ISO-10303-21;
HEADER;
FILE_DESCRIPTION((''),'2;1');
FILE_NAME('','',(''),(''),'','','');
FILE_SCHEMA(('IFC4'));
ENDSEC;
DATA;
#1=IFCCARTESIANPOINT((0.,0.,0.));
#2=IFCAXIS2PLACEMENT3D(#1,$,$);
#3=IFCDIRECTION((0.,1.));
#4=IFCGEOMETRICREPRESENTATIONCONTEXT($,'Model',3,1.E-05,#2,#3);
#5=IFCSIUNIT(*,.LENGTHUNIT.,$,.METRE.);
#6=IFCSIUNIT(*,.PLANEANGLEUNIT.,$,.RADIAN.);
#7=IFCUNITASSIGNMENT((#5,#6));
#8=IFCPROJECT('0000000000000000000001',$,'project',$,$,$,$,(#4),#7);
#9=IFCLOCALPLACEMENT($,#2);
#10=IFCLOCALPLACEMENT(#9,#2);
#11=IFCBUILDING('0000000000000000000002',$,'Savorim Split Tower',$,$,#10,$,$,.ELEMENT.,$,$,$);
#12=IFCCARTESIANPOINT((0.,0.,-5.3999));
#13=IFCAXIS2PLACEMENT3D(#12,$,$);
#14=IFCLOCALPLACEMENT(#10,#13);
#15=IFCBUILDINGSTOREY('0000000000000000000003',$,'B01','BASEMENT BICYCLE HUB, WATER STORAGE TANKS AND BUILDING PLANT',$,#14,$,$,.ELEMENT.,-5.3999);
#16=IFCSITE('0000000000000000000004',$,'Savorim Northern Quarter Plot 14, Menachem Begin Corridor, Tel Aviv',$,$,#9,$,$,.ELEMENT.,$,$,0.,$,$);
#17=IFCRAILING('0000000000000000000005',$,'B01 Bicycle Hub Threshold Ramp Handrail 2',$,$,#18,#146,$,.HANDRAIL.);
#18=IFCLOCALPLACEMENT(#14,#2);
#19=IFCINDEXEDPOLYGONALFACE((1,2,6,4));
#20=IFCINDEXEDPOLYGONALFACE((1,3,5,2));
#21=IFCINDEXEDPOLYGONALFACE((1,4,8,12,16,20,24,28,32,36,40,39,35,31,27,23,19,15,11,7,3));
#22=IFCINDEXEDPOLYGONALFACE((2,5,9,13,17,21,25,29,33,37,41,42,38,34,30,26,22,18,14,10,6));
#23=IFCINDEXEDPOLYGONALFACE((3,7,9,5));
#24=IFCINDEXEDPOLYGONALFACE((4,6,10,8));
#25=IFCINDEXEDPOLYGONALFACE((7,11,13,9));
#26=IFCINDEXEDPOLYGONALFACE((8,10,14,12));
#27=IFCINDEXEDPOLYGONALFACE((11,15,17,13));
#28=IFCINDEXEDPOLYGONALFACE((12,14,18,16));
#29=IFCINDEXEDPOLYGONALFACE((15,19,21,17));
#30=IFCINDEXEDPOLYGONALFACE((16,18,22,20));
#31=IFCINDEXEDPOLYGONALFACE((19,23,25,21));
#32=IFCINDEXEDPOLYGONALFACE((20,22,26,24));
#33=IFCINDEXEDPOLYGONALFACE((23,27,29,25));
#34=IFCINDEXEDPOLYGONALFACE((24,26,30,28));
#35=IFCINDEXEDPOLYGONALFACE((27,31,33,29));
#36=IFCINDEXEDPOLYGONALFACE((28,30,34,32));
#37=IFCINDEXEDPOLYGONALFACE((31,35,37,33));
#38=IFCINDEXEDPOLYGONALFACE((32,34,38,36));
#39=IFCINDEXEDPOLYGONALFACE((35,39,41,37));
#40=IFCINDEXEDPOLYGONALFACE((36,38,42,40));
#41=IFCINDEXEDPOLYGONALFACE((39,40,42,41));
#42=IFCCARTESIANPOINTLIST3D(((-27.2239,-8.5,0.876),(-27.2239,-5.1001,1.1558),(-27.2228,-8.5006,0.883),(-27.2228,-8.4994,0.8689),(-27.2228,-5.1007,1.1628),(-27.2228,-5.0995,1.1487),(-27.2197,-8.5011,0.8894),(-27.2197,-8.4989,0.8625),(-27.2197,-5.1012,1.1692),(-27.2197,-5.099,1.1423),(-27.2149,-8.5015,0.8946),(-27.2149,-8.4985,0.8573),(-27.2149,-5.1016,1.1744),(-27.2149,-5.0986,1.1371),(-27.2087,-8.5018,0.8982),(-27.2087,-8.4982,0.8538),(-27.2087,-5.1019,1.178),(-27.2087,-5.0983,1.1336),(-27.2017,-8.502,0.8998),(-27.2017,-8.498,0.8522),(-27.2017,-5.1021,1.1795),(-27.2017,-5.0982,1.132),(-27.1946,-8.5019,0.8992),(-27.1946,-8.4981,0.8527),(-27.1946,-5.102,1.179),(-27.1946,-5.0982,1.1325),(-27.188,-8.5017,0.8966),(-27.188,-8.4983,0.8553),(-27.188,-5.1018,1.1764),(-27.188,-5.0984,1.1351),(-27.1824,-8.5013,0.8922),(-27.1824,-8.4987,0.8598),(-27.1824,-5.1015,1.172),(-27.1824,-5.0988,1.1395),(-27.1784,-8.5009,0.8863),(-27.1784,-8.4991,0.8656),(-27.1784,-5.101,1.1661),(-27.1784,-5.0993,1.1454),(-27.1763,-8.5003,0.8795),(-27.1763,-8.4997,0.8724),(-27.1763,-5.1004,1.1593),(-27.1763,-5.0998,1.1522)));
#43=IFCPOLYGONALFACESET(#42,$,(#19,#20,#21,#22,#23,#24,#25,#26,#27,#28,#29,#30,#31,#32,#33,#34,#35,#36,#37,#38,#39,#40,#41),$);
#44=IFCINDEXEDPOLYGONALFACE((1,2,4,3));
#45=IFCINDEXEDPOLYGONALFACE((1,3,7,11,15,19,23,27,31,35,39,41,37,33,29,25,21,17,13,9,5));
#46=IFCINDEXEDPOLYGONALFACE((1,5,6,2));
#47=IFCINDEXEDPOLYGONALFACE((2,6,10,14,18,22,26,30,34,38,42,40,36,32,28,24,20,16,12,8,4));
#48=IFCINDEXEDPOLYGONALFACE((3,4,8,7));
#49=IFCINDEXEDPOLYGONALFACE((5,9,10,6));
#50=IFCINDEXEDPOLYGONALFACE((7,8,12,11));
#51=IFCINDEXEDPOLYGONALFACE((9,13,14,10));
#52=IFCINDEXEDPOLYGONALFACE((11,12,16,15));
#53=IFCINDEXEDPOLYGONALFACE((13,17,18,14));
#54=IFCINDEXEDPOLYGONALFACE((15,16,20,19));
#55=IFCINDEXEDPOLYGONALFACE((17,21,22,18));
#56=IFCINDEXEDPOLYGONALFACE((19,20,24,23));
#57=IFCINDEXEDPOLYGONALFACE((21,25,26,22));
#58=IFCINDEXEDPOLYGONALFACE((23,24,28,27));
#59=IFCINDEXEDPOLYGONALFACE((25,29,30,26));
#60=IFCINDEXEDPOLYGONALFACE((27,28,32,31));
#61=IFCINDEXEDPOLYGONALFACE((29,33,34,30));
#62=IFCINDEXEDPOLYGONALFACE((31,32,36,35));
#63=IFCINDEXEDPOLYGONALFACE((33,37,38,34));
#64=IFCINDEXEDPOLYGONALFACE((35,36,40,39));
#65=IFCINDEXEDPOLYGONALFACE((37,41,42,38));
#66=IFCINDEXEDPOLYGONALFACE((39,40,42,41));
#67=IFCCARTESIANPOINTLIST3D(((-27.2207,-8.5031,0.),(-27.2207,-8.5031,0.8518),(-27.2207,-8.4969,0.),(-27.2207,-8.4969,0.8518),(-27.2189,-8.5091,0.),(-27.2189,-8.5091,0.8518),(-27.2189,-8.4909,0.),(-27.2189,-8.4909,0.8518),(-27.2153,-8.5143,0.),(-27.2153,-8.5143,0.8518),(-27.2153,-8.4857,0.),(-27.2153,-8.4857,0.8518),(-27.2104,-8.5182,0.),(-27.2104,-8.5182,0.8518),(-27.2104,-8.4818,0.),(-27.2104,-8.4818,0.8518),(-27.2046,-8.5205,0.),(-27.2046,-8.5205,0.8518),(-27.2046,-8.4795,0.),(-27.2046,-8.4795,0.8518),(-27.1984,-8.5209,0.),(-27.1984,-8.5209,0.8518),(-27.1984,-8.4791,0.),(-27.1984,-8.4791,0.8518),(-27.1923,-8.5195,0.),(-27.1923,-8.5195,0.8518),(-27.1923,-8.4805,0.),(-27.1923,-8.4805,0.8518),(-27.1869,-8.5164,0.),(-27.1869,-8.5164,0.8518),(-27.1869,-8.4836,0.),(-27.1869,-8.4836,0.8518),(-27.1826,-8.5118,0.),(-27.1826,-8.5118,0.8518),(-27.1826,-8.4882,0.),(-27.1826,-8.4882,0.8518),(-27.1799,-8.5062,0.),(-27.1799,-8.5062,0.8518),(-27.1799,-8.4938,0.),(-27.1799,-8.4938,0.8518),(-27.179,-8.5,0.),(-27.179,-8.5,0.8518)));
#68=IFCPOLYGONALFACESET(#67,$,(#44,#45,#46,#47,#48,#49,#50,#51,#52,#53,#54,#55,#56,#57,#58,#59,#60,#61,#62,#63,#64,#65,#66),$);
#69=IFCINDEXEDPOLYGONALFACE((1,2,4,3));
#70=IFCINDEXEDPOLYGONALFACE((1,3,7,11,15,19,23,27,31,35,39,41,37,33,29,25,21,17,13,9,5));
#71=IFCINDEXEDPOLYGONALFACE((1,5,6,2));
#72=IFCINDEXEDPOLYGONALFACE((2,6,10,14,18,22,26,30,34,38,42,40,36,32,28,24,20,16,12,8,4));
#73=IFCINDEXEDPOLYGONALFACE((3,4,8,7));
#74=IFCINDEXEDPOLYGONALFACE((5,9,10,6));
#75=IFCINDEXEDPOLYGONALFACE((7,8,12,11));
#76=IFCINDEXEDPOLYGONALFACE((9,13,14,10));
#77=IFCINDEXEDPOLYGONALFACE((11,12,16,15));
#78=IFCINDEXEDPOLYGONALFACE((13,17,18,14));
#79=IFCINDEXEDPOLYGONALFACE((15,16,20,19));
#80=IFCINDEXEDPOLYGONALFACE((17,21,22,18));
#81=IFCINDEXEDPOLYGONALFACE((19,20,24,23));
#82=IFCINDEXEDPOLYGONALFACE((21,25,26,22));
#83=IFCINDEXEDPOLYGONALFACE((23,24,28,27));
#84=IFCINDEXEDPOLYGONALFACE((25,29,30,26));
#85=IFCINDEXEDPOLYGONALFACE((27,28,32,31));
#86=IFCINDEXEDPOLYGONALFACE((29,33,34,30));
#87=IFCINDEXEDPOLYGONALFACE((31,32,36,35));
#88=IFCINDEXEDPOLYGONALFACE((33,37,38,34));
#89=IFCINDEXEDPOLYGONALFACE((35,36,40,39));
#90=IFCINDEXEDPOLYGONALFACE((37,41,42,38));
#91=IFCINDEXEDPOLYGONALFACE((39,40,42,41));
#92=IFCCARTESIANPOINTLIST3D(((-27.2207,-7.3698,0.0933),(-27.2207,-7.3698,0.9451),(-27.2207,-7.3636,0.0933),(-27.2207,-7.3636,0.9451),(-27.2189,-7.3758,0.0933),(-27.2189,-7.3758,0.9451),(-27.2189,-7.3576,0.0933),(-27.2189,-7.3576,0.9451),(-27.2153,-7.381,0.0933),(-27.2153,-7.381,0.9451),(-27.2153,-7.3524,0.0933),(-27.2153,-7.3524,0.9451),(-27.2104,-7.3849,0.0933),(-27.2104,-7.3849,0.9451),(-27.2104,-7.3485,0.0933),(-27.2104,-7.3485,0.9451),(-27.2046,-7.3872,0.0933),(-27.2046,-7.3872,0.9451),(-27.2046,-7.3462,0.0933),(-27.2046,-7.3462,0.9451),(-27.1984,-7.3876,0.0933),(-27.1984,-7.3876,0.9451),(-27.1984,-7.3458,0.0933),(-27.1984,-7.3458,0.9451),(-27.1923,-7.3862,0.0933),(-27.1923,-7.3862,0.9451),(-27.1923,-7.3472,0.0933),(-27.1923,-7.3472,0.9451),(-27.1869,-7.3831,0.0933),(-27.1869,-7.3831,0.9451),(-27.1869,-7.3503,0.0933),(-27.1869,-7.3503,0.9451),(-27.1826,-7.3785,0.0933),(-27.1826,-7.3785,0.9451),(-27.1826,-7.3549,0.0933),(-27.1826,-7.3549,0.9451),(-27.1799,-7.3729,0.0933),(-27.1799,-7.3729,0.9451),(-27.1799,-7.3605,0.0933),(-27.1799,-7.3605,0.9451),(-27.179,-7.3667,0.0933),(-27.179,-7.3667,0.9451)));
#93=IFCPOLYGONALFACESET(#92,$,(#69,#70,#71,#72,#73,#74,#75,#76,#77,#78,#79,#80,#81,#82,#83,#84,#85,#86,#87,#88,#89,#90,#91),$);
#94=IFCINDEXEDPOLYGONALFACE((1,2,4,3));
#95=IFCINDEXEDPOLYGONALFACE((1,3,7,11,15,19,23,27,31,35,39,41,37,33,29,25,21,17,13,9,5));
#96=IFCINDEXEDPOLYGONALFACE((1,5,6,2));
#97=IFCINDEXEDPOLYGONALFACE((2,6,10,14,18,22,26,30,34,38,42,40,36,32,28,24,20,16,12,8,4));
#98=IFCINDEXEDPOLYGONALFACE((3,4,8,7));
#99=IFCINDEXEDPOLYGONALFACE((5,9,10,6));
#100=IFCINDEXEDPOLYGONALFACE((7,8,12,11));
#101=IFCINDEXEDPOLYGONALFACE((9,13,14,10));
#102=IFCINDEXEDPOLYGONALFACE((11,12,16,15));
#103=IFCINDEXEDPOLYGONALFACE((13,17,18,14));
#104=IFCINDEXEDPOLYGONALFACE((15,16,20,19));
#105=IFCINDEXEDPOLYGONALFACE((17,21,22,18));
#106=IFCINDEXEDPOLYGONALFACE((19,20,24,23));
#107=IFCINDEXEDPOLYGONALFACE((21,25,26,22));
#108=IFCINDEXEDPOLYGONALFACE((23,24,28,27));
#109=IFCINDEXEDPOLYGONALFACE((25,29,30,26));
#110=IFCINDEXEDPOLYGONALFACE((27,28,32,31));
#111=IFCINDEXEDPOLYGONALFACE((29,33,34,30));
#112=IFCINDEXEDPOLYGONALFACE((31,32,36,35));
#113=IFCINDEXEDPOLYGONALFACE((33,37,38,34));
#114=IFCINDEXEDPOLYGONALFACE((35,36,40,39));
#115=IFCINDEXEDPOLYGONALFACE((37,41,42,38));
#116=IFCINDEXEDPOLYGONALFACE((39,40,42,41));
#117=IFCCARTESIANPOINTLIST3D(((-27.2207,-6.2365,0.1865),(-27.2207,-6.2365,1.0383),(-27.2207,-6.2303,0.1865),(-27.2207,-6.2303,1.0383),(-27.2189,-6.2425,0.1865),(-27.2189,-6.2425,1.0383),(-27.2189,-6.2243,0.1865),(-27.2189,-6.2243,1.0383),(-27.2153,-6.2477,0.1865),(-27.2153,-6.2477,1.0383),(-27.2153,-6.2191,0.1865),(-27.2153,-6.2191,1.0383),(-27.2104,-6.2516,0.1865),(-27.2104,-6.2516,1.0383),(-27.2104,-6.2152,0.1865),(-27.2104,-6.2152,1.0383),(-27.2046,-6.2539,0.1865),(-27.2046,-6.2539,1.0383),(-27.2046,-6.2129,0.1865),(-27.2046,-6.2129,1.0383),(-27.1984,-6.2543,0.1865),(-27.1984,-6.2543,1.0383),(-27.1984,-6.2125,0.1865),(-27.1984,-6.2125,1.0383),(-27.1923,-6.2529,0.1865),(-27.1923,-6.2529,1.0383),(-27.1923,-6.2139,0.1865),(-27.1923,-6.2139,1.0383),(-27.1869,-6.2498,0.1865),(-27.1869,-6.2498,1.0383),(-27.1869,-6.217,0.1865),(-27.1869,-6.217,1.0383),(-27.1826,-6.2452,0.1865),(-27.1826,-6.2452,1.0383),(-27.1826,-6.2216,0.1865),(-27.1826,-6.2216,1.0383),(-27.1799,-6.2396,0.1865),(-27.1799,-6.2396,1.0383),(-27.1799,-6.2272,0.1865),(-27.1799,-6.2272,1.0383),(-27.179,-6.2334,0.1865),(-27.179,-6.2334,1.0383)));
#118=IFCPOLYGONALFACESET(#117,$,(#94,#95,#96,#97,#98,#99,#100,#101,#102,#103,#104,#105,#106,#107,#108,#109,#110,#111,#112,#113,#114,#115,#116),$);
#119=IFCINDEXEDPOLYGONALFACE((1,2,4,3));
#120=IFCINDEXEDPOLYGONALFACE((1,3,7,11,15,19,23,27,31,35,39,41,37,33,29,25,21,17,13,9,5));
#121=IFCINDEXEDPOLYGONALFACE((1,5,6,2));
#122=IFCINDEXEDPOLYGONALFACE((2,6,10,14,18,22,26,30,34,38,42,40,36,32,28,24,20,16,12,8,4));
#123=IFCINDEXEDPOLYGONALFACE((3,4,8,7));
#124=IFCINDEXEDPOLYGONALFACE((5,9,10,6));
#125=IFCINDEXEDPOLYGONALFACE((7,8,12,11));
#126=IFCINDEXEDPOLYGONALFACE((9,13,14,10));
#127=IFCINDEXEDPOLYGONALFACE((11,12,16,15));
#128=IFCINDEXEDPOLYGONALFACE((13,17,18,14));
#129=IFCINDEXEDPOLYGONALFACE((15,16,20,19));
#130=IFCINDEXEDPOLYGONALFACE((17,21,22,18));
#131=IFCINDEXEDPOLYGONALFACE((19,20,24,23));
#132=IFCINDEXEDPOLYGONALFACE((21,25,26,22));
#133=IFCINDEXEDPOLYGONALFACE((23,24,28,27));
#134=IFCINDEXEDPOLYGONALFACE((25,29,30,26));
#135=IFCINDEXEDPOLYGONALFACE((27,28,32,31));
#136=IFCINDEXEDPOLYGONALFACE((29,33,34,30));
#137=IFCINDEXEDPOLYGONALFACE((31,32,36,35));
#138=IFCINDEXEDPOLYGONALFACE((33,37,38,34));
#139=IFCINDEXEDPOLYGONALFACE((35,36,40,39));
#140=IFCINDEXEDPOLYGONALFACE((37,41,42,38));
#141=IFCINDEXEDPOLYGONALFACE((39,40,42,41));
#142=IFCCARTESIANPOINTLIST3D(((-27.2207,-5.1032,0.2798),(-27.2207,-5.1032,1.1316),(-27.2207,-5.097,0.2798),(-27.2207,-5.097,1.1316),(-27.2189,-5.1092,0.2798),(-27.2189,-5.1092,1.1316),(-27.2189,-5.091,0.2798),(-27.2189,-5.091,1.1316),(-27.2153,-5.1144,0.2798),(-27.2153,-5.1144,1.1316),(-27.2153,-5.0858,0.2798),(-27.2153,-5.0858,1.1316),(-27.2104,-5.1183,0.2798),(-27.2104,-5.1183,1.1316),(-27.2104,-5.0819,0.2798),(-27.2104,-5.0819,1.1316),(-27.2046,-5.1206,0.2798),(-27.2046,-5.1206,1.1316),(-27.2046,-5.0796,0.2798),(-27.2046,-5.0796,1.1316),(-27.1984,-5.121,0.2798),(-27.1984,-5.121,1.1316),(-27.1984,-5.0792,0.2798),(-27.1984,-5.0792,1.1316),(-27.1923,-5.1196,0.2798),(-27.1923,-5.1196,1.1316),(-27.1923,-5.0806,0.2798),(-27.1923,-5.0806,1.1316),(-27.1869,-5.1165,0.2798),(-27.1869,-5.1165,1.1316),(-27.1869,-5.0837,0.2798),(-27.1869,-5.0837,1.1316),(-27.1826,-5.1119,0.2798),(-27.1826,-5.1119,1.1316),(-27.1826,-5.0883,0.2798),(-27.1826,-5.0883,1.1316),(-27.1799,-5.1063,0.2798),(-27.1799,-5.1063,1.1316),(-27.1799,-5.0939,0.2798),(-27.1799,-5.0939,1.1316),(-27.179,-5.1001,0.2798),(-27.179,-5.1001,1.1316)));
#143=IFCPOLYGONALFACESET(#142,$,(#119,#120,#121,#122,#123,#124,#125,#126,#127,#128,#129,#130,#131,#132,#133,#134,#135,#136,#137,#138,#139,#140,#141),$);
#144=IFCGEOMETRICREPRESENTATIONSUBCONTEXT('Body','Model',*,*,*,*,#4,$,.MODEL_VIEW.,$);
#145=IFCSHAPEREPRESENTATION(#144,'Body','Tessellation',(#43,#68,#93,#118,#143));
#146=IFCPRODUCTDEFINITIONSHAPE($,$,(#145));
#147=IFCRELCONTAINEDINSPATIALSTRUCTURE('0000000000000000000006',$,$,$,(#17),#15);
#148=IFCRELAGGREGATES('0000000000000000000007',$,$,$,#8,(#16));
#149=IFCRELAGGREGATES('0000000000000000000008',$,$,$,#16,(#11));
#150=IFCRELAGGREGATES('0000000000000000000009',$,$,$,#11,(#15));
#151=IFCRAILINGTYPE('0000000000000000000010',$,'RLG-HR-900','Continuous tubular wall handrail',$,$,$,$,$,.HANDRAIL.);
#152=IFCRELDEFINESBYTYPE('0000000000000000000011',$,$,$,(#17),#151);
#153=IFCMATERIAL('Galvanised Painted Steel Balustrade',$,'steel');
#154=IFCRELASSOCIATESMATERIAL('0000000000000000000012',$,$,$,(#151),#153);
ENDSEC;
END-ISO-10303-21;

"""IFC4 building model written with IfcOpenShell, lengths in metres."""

from ifc_helpers import new_model, si_unit, direction, frame, origin, origin_2d, place, context, subcontext, project, spatial, circle, extrude, material, type_object, element, save


model = new_model("IFC4")

# Units and contexts
model_context = context("Model", 3, precision=1e-05, world=origin(), true_north=direction((0.0, 1.0)))
body_context = subcontext(model_context, "Body", "Model", "MODEL_VIEW")
ifc_project = project(units=[si_unit("LENGTHUNIT", "METRE"), si_unit("PLANEANGLEUNIT", "RADIAN")], contexts=[model_context])

# Site, building, storey
site_placement = place(None, origin())
site = spatial("IfcSite", under=ifc_project, at=site_placement, Name="Savorim Northern Quarter Plot 14, Menachem Begin Corridor, Tel Aviv", CompositionType="ELEMENT", RefElevation=0.0)
building_placement = place(site_placement, origin())
building = spatial("IfcBuilding", under=site, at=building_placement, Name="Savorim Split Tower", CompositionType="ELEMENT")
storey_placement = place(building_placement, frame((0.0, 0.0, -5.3999)))
storey = spatial("IfcBuildingStorey", under=building, at=storey_placement, Name="B01", Description="BASEMENT BICYCLE HUB, WATER STORAGE TANKS AND BUILDING PLANT", CompositionType="ELEMENT", Elevation=-5.3999)

# Railing
ifc_material_1 = material(Name="Galvanised Painted Steel Balustrade", Category="steel")
railing_type = type_object("IfcRailingType", Name="RLG-HR-900", Description="Continuous tubular wall handrail", PredefinedType="HANDRAIL", material=ifc_material_1)
for number, where, name in (
    (1, (-27.2, -8.5, 0.0), "B01 Bicycle Hub Threshold Ramp Handrail 2"),
):
    element("IfcRailing", number, at=place(storey_placement, frame(where)), inside=storey, type_object=railing_type, Name=name, PredefinedType="HANDRAIL", context=body_context, shape_type="SweptSolid", body=[
        extrude(circle(Radius=0.0239, at=origin_2d()), frame((0.0, 0.0, 0.876), z_axis=(0.0, 0.996631, 0.082015), x_axis=(-1.0, 0.0, 0.0)), (0.0, 0.0, 1.0), 3.4114),
        extrude(circle(Radius=0.021, at=origin_2d()), origin(), (0.0, 0.0, 1.0), 0.8518),
        extrude(circle(Radius=0.021, at=origin_2d()), frame((0.0, 1.1333, 0.0933)), (0.0, 0.0, 1.0), 0.8518),
        extrude(circle(Radius=0.021, at=origin_2d()), frame((0.0, 2.2666, 0.1865)), (0.0, 0.0, 1.0), 0.8518),
        extrude(circle(Radius=0.021, at=origin_2d()), frame((0.0, 3.3999, 0.2798)), (0.0, 0.0, 1.0), 0.8518),
    ])

save(model, "model.ifc")
